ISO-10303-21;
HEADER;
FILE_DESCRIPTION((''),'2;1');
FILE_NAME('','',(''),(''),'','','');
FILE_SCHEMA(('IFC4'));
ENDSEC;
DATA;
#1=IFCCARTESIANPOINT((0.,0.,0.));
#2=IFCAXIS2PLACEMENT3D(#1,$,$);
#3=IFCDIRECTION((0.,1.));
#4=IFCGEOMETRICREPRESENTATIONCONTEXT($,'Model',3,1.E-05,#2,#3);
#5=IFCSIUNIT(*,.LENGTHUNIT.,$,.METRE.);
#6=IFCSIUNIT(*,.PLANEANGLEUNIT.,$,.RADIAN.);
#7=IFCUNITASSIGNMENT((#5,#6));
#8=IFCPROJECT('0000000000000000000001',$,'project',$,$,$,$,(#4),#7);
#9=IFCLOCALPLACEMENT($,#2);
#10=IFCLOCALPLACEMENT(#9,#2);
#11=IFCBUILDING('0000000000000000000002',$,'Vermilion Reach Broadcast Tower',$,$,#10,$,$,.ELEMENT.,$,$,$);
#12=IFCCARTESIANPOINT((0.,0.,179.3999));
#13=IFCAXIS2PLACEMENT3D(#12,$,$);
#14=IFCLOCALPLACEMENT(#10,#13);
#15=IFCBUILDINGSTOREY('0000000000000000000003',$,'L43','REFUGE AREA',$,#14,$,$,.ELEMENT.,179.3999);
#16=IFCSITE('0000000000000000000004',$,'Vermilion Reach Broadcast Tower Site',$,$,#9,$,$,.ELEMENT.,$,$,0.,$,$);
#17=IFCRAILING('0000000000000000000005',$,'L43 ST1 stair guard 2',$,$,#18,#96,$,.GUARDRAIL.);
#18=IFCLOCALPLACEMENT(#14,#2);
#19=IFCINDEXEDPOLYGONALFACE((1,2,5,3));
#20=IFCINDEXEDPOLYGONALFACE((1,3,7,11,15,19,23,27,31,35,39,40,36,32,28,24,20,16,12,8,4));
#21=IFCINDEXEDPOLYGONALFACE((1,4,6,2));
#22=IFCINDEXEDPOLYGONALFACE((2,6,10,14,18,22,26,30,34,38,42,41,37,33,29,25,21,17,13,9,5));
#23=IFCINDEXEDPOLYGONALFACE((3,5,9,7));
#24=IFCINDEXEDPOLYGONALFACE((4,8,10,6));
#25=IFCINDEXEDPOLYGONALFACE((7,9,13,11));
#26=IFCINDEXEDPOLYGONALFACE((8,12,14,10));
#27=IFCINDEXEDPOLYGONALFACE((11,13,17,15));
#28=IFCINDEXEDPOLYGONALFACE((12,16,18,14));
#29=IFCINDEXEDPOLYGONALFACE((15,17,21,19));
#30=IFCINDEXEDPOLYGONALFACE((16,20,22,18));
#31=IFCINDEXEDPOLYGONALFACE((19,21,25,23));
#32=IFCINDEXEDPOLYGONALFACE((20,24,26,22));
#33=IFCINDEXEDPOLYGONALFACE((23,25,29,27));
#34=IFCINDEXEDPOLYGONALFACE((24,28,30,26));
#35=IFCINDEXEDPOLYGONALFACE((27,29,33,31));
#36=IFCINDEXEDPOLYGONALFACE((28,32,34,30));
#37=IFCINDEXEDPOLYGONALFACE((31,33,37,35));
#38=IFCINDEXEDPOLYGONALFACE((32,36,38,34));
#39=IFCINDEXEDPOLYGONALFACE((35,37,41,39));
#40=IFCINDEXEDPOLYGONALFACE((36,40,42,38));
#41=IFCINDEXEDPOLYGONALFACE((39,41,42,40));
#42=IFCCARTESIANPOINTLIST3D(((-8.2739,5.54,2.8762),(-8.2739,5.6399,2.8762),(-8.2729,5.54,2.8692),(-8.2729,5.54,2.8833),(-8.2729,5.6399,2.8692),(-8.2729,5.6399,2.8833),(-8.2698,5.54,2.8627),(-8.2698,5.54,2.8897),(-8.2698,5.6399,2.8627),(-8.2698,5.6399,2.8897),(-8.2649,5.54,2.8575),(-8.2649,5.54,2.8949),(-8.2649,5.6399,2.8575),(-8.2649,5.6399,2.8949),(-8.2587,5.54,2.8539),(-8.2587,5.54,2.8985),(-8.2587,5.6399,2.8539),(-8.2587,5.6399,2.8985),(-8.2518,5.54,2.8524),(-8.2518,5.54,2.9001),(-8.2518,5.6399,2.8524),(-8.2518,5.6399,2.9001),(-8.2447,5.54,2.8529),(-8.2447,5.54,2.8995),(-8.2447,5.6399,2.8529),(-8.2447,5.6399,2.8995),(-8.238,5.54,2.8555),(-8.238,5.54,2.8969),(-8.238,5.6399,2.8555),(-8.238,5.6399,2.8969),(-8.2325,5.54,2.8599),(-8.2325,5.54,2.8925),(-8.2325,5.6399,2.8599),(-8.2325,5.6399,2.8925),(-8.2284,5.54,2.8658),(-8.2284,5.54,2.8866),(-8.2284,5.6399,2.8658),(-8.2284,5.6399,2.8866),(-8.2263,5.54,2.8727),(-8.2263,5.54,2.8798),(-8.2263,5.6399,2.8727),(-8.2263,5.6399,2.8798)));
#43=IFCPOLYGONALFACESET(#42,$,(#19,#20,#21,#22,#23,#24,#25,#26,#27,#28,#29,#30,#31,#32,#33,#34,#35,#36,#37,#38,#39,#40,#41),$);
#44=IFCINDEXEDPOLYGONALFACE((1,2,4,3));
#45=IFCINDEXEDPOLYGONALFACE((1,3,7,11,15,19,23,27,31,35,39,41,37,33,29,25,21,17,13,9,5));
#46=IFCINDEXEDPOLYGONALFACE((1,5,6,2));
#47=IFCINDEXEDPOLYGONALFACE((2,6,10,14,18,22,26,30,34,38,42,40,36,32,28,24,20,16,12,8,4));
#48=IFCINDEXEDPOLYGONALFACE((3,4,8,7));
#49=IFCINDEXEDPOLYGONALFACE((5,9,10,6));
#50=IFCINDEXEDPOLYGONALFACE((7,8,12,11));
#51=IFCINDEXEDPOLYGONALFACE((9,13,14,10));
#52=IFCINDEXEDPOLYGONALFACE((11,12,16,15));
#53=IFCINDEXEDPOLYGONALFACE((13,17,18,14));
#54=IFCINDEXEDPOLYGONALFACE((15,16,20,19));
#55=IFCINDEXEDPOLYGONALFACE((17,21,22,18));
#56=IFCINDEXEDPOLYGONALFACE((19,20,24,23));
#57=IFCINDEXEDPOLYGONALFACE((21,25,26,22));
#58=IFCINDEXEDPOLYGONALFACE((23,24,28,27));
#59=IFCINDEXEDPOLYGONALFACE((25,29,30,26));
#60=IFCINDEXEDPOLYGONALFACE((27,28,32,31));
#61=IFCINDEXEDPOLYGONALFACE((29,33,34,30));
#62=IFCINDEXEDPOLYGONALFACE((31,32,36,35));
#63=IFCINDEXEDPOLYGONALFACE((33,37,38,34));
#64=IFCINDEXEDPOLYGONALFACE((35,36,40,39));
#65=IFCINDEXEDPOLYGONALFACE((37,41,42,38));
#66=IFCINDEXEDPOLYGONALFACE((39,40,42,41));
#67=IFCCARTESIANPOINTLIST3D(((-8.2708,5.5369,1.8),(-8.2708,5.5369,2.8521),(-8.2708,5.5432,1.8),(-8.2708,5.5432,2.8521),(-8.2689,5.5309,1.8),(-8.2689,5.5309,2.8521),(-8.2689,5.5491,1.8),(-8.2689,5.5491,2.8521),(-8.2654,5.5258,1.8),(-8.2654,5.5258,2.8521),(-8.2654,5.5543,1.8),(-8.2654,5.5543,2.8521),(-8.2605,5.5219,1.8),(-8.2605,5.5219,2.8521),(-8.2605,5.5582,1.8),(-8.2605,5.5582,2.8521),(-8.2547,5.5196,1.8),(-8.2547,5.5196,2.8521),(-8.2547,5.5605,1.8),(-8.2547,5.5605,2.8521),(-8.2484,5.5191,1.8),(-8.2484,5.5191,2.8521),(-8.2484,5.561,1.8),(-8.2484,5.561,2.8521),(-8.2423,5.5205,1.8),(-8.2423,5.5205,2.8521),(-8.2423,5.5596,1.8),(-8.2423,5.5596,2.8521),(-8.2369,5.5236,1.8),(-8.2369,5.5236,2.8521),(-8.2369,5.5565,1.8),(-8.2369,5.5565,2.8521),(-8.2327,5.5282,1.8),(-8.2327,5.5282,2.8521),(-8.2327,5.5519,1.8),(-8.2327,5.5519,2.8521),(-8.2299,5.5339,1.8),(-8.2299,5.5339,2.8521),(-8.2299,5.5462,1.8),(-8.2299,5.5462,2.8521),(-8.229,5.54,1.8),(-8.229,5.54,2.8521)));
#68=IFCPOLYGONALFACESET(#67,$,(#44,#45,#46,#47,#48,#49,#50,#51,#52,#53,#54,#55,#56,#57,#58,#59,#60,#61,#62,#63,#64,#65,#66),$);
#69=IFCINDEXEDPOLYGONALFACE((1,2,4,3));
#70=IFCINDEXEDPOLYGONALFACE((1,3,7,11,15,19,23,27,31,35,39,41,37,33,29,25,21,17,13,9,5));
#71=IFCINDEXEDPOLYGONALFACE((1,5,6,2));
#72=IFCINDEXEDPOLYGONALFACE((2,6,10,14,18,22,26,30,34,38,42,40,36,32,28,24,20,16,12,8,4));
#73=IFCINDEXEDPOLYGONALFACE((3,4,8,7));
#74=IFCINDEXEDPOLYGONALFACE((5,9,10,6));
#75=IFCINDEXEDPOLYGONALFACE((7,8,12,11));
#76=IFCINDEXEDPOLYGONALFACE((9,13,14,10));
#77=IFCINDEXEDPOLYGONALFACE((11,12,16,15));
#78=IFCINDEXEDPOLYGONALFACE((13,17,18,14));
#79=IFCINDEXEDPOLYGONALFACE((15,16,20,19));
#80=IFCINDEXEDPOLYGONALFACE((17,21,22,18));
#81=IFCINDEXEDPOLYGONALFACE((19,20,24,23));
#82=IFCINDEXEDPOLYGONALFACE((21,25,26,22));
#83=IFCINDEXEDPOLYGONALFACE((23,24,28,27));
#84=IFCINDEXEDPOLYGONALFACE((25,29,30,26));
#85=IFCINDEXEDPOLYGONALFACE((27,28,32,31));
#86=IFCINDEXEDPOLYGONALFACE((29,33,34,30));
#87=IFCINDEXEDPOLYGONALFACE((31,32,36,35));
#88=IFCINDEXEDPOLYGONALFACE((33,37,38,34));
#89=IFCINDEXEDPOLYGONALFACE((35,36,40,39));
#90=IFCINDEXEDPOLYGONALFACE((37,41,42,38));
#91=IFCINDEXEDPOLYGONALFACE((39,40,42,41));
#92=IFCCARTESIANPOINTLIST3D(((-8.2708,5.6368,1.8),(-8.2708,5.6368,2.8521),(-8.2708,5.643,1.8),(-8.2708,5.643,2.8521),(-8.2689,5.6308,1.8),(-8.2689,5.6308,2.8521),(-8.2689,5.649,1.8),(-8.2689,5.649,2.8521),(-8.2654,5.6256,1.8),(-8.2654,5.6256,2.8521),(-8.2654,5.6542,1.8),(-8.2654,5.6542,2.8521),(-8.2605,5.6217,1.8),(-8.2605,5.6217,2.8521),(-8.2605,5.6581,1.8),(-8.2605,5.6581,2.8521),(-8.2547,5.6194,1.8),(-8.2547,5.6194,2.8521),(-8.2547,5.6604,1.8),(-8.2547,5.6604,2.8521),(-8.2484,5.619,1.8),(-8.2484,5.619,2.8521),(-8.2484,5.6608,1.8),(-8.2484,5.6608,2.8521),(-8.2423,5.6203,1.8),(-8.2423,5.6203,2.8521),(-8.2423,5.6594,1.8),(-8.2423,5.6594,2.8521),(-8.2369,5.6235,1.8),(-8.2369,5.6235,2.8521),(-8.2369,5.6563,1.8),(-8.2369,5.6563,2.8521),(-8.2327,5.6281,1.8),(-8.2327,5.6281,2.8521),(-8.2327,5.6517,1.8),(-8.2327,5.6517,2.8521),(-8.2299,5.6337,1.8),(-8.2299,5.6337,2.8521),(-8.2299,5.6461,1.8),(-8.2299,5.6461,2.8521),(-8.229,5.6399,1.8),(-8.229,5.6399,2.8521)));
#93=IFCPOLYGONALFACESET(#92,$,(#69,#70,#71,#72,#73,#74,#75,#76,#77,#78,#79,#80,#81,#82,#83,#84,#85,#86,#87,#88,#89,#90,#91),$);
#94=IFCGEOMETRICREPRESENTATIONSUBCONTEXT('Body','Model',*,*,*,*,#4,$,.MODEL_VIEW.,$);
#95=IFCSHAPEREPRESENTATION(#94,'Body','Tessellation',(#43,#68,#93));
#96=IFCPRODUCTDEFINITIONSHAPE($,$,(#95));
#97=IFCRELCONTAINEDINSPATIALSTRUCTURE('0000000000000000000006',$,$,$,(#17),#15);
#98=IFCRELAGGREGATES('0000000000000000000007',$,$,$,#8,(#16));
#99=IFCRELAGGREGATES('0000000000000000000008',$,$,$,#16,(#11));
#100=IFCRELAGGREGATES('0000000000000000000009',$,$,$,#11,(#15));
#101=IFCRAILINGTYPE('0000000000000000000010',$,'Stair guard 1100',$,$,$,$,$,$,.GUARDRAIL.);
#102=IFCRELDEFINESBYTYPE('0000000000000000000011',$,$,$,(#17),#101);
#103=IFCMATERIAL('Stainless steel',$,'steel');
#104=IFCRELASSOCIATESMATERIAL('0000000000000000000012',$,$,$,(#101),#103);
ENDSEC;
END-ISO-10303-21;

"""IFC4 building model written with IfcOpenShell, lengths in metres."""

from ifc_helpers import new_model, si_unit, direction, frame, origin, origin_2d, place, context, subcontext, project, spatial, circle, extrude, material, type_object, element, save


model = new_model("IFC4")

# Units and contexts
model_context = context("Model", 3, precision=1e-05, world=origin(), true_north=direction((0.0, 1.0)))
body_context = subcontext(model_context, "Body", "Model", "MODEL_VIEW")
ifc_project = project(units=[si_unit("LENGTHUNIT", "METRE"), si_unit("PLANEANGLEUNIT", "RADIAN")], contexts=[model_context])

# Site, building, storey
site_placement = place(None, origin())
site = spatial("IfcSite", under=ifc_project, at=site_placement, Name="Vermilion Reach Broadcast Tower Site", CompositionType="ELEMENT", RefElevation=0.0)
building_placement = place(site_placement, origin())
building = spatial("IfcBuilding", under=site, at=building_placement, Name="Vermilion Reach Broadcast Tower", CompositionType="ELEMENT")
storey_placement = place(building_placement, frame((0.0, 0.0, 179.3999)))
storey = spatial("IfcBuildingStorey", under=building, at=storey_placement, Name="L43", Description="REFUGE AREA", CompositionType="ELEMENT", Elevation=179.3999)

# Railing
ifc_material_1 = material(Name="Stainless steel", Category="steel")
railing_type_1 = type_object("IfcRailingType", Name="Stair guard 1100", PredefinedType="GUARDRAIL", material=ifc_material_1)
railing_1_placement = place(storey_placement, frame((-8.25, 5.54, 1.8)))
element("IfcRailing", 1, at=railing_1_placement, inside=storey, type_object=railing_type_1, Name="L43 ST1 stair guard 2", PredefinedType="GUARDRAIL", context=body_context, shape_type="SweptSolid", body=[
    extrude(circle(Radius=0.0239, at=origin_2d()), frame((0.0, 0.0, 1.0762), z_axis=(0.0, 1.0, 0.0), x_axis=(-1.0, 0.0, 0.0)), (0.0, 0.0, 1.0), 0.0999),
    extrude(circle(Radius=0.021, at=origin_2d()), origin(), (0.0, 0.0, 1.0), 1.052),
    extrude(circle(Radius=0.021, at=origin_2d()), frame((0.0, 0.0999, 0.0)), (0.0, 0.0, 1.0), 1.052),
])

save(model, "model.ifc")
